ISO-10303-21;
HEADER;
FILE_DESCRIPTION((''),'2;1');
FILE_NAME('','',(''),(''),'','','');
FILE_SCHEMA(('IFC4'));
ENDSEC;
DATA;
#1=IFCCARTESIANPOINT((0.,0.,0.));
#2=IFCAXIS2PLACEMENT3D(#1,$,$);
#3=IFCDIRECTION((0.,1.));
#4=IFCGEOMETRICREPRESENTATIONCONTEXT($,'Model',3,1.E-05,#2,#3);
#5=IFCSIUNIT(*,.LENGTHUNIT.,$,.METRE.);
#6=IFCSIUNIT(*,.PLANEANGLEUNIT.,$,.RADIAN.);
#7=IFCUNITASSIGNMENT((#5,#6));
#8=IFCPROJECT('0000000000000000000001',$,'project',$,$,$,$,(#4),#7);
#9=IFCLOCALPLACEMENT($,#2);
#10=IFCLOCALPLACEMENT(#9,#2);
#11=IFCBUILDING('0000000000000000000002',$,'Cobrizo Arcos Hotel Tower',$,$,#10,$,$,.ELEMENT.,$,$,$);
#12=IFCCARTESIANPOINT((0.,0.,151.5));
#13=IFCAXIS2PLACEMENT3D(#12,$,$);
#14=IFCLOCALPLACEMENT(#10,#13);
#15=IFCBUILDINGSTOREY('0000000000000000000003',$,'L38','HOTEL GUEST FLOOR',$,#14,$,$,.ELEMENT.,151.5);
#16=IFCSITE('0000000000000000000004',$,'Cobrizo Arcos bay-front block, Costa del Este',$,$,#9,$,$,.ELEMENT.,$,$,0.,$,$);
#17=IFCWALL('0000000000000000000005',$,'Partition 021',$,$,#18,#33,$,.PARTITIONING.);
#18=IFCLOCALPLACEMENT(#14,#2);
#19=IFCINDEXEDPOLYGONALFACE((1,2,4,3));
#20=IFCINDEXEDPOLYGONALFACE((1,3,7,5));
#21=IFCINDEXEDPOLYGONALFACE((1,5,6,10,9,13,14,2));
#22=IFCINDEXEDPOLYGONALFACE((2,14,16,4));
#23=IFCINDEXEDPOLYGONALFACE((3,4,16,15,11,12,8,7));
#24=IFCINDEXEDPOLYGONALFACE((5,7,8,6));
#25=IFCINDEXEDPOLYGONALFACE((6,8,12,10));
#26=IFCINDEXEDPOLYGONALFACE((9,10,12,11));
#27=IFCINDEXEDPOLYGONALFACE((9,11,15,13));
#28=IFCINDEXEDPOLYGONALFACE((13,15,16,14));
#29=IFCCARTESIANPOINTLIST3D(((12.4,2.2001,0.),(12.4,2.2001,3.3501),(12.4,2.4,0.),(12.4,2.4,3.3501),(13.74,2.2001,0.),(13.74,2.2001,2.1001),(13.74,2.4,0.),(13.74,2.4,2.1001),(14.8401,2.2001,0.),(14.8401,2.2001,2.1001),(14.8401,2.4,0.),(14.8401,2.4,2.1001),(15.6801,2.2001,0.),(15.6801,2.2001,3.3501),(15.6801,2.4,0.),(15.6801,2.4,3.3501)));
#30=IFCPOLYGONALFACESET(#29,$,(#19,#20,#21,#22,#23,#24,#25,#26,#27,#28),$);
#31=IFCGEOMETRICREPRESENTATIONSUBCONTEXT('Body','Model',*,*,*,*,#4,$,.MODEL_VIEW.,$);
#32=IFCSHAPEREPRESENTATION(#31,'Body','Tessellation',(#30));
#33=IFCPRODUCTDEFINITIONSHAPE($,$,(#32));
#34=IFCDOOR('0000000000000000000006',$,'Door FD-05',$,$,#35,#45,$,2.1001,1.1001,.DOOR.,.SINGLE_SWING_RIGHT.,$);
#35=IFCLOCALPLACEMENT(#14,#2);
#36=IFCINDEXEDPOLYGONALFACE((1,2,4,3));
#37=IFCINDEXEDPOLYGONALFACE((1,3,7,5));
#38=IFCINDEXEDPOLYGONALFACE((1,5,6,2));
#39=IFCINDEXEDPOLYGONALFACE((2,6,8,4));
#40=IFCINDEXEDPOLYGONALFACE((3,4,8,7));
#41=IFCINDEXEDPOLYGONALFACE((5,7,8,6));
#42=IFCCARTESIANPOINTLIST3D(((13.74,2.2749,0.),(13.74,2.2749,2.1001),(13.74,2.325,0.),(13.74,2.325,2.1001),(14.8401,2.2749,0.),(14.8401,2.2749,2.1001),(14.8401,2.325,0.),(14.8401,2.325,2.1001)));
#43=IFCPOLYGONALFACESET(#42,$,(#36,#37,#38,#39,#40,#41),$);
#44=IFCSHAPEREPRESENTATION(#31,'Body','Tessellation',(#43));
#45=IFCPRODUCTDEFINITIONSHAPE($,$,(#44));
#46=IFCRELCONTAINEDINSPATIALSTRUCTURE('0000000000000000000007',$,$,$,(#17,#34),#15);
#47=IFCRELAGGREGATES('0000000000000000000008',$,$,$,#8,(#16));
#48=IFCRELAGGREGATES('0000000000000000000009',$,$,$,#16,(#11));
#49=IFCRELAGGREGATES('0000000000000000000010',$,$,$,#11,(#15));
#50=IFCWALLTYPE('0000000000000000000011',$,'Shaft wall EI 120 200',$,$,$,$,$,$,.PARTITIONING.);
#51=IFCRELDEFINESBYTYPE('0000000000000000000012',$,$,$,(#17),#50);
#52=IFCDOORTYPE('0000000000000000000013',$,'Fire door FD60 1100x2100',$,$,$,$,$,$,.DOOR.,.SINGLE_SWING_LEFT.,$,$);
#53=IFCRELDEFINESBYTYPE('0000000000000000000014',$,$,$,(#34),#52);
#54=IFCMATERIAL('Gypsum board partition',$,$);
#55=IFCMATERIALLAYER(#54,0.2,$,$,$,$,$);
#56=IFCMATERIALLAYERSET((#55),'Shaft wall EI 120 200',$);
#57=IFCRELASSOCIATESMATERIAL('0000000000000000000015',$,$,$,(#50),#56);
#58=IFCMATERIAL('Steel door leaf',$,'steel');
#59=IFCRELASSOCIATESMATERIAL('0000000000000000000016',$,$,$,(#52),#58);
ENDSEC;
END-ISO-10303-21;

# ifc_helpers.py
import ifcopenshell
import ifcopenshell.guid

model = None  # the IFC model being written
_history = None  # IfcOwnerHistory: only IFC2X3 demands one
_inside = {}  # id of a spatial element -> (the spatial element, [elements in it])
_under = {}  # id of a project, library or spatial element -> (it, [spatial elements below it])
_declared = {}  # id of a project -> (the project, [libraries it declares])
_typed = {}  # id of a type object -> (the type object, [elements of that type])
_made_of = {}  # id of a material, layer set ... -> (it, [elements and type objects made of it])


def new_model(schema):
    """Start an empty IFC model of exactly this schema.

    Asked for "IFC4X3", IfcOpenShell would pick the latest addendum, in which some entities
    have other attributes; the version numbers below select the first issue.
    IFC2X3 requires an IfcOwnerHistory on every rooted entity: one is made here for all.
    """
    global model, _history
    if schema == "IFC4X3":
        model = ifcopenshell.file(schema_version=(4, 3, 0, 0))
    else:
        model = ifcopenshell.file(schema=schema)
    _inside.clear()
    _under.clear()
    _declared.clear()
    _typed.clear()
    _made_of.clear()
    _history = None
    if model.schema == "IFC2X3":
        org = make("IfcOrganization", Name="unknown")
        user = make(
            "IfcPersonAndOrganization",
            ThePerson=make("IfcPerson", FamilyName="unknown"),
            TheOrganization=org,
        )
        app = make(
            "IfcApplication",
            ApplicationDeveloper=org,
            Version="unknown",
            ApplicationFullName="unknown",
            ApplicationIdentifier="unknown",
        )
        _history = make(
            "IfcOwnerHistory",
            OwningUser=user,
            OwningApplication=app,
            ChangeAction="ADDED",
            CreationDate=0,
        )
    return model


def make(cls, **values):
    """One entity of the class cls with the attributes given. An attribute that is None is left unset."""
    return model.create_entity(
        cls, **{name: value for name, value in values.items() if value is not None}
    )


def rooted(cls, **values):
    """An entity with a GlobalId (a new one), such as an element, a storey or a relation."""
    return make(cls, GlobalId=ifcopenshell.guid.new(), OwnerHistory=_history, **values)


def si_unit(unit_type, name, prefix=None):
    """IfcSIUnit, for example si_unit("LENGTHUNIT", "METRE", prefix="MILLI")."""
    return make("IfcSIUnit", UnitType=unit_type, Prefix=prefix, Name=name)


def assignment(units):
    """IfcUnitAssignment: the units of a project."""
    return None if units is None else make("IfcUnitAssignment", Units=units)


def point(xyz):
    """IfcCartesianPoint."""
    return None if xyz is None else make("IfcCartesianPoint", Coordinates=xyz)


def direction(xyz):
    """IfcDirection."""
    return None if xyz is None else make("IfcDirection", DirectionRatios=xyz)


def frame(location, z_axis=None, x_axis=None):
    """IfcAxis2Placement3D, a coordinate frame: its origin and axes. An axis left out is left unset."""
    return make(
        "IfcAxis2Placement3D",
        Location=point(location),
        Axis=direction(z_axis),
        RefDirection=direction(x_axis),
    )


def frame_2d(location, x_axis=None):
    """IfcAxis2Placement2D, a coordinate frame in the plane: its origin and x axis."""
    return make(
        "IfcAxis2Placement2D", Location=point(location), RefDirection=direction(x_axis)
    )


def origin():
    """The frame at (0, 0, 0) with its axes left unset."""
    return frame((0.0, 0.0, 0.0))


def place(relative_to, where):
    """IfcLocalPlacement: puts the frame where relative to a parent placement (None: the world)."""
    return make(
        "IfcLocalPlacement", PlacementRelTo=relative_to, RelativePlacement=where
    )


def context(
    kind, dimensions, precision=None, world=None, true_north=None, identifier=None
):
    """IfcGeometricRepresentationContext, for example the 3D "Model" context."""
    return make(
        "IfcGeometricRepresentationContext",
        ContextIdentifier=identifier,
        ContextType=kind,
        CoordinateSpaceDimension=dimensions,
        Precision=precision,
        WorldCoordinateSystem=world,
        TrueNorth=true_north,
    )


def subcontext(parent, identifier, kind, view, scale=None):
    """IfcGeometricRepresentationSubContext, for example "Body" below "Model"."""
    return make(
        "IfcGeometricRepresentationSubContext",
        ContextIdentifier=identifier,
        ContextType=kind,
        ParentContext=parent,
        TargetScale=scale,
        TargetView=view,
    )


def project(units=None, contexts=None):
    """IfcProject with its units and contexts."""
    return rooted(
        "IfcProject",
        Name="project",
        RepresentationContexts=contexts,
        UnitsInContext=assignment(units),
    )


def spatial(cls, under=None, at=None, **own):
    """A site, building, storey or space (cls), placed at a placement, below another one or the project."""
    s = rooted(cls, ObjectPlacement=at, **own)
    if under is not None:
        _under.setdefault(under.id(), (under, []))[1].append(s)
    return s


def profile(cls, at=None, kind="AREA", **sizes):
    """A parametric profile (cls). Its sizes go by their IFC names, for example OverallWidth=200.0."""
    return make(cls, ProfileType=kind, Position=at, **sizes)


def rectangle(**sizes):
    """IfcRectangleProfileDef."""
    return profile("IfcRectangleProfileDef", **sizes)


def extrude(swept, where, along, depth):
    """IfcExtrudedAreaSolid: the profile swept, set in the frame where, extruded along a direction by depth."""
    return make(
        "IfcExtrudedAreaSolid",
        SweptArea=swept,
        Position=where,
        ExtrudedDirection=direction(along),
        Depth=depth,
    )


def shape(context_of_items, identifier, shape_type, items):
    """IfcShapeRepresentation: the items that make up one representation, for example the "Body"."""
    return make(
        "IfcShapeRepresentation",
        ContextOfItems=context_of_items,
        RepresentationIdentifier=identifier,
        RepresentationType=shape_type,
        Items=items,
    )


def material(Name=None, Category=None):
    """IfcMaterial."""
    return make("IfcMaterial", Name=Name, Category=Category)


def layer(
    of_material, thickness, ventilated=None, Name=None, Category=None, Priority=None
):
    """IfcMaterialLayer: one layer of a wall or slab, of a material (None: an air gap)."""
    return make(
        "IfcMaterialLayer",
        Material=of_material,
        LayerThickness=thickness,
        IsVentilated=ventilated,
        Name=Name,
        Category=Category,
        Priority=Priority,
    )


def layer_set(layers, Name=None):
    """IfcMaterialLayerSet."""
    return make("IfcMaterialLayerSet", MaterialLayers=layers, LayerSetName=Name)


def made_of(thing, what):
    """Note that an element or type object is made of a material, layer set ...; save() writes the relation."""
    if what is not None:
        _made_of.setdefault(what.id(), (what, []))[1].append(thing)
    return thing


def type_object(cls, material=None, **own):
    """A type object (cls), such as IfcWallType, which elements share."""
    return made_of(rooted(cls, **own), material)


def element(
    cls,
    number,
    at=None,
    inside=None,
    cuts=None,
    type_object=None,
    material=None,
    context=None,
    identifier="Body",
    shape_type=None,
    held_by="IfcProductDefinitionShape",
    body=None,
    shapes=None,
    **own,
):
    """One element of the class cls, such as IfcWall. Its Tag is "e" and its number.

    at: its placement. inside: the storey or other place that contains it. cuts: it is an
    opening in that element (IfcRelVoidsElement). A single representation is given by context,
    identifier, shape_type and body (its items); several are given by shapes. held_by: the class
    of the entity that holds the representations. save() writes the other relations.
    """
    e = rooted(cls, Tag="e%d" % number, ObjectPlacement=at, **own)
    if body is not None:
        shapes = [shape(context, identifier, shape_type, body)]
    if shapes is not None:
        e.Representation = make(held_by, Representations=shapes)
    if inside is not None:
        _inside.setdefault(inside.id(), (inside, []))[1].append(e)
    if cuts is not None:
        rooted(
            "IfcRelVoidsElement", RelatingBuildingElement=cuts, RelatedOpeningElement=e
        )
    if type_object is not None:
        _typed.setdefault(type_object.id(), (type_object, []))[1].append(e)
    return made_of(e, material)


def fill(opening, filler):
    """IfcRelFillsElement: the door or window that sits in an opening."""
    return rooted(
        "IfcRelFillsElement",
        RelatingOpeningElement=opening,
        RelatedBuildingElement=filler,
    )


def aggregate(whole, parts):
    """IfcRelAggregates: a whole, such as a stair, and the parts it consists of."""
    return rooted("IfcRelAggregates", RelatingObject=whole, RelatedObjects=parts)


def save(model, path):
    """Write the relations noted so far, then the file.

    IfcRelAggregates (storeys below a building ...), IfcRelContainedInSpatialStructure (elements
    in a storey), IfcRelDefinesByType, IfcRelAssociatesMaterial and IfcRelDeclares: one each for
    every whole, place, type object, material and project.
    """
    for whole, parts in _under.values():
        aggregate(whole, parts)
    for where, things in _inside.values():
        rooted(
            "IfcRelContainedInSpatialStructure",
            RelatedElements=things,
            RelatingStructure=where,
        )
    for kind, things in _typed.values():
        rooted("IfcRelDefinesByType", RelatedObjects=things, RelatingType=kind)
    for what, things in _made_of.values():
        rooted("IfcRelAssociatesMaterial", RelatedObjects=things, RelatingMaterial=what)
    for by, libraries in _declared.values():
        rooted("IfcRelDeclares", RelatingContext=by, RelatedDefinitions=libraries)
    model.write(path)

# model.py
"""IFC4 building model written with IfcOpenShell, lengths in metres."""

from ifc_helpers import new_model, si_unit, direction, frame, frame_2d, origin, place, context, subcontext, project, spatial, rectangle, extrude, material, layer, layer_set, type_object, element, fill, save


model = new_model("IFC4")

# Units and contexts
model_context = context("Model", 3, precision=1e-05, world=origin(), true_north=direction((0.0, 1.0)))
body_context = subcontext(model_context, "Body", "Model", "MODEL_VIEW")
ifc_project = project(units=[si_unit("LENGTHUNIT", "METRE"), si_unit("PLANEANGLEUNIT", "RADIAN")], contexts=[model_context])

# Site, building, storey
site_placement = place(None, origin())
site = spatial("IfcSite", under=ifc_project, at=site_placement, Name="Cobrizo Arcos bay-front block, Costa del Este", CompositionType="ELEMENT", RefElevation=0.0)
building_placement = place(site_placement, origin())
building = spatial("IfcBuilding", under=site, at=building_placement, Name="Cobrizo Arcos Hotel Tower", CompositionType="ELEMENT")
storey_placement = place(building_placement, frame((0.0, 0.0, 151.5)))
storey = spatial("IfcBuildingStorey", under=building, at=storey_placement, Name="L38", Description="HOTEL GUEST FLOOR", CompositionType="ELEMENT", Elevation=151.5)

# Shared definitions
ifc_material_1 = material(Name="Gypsum board partition")

# Wall, opening, door
ifc_layer_1 = layer(ifc_material_1, 0.2)
ifc_layer_set_1 = layer_set([ifc_layer_1], Name="Shaft wall EI 120 200")
wall_type_1 = type_object("IfcWallType", Name="Shaft wall EI 120 200", PredefinedType="PARTITIONING", material=ifc_layer_set_1)
wall_1_placement = place(storey_placement, frame((12.3999, 2.3, 0.0), z_axis=(0.0, 0.0, 1.0), x_axis=(1.0, 0.0, 0.0)))
wall_1 = element("IfcWall", 1, at=wall_1_placement, inside=storey, type_object=wall_type_1, Name="Partition 021", PredefinedType="PARTITIONING", context=body_context, shape_type="SweptSolid", body=[
    extrude(rectangle(XDim=3.28, YDim=0.2, at=frame_2d((1.6401, 0.0))), origin(), (0.0, 0.0, 1.0), 3.3501),
])
opening_1_placement = place(wall_1_placement, frame((1.3401, 0.0, 0.0)))
opening_1 = element("IfcOpeningElement", 2, at=opening_1_placement, cuts=wall_1, PredefinedType="OPENING", context=body_context, shape_type="SweptSolid", body=[
    extrude(rectangle(XDim=1.1001, YDim=2.1001, at=frame_2d((0.55, 1.05))), frame((0.0, 0.1121, 0.0), z_axis=(0.0, -1.0, 0.0), x_axis=(1.0, 0.0, 0.0)), (0.0, 0.0, 1.0), 0.2239),
])
ifc_material_2 = material(Name="Steel door leaf", Category="steel")
door_type_1 = type_object("IfcDoorType", Name="Fire door FD60 1100x2100", OperationType="SINGLE_SWING_LEFT", PredefinedType="DOOR", material=ifc_material_2)
door_1_placement = place(opening_1_placement, origin())
door_1 = element("IfcDoor", 3, at=door_1_placement, inside=storey, type_object=door_type_1, Name="Door FD-05", OperationType="SINGLE_SWING_RIGHT", OverallHeight=2.1001, OverallWidth=1.1001, PredefinedType="DOOR", context=body_context, shape_type="SweptSolid", body=[
    extrude(rectangle(XDim=1.1001, YDim=2.1001, at=frame_2d((0.55, 1.05))), frame((0.0, 0.0249, 0.0), z_axis=(0.0, -1.0, 0.0), x_axis=(1.0, 0.0, 0.0)), (0.0, 0.0, 1.0), 0.05),
])
fill(opening_1, door_1)

save(model, "model.ifc")
